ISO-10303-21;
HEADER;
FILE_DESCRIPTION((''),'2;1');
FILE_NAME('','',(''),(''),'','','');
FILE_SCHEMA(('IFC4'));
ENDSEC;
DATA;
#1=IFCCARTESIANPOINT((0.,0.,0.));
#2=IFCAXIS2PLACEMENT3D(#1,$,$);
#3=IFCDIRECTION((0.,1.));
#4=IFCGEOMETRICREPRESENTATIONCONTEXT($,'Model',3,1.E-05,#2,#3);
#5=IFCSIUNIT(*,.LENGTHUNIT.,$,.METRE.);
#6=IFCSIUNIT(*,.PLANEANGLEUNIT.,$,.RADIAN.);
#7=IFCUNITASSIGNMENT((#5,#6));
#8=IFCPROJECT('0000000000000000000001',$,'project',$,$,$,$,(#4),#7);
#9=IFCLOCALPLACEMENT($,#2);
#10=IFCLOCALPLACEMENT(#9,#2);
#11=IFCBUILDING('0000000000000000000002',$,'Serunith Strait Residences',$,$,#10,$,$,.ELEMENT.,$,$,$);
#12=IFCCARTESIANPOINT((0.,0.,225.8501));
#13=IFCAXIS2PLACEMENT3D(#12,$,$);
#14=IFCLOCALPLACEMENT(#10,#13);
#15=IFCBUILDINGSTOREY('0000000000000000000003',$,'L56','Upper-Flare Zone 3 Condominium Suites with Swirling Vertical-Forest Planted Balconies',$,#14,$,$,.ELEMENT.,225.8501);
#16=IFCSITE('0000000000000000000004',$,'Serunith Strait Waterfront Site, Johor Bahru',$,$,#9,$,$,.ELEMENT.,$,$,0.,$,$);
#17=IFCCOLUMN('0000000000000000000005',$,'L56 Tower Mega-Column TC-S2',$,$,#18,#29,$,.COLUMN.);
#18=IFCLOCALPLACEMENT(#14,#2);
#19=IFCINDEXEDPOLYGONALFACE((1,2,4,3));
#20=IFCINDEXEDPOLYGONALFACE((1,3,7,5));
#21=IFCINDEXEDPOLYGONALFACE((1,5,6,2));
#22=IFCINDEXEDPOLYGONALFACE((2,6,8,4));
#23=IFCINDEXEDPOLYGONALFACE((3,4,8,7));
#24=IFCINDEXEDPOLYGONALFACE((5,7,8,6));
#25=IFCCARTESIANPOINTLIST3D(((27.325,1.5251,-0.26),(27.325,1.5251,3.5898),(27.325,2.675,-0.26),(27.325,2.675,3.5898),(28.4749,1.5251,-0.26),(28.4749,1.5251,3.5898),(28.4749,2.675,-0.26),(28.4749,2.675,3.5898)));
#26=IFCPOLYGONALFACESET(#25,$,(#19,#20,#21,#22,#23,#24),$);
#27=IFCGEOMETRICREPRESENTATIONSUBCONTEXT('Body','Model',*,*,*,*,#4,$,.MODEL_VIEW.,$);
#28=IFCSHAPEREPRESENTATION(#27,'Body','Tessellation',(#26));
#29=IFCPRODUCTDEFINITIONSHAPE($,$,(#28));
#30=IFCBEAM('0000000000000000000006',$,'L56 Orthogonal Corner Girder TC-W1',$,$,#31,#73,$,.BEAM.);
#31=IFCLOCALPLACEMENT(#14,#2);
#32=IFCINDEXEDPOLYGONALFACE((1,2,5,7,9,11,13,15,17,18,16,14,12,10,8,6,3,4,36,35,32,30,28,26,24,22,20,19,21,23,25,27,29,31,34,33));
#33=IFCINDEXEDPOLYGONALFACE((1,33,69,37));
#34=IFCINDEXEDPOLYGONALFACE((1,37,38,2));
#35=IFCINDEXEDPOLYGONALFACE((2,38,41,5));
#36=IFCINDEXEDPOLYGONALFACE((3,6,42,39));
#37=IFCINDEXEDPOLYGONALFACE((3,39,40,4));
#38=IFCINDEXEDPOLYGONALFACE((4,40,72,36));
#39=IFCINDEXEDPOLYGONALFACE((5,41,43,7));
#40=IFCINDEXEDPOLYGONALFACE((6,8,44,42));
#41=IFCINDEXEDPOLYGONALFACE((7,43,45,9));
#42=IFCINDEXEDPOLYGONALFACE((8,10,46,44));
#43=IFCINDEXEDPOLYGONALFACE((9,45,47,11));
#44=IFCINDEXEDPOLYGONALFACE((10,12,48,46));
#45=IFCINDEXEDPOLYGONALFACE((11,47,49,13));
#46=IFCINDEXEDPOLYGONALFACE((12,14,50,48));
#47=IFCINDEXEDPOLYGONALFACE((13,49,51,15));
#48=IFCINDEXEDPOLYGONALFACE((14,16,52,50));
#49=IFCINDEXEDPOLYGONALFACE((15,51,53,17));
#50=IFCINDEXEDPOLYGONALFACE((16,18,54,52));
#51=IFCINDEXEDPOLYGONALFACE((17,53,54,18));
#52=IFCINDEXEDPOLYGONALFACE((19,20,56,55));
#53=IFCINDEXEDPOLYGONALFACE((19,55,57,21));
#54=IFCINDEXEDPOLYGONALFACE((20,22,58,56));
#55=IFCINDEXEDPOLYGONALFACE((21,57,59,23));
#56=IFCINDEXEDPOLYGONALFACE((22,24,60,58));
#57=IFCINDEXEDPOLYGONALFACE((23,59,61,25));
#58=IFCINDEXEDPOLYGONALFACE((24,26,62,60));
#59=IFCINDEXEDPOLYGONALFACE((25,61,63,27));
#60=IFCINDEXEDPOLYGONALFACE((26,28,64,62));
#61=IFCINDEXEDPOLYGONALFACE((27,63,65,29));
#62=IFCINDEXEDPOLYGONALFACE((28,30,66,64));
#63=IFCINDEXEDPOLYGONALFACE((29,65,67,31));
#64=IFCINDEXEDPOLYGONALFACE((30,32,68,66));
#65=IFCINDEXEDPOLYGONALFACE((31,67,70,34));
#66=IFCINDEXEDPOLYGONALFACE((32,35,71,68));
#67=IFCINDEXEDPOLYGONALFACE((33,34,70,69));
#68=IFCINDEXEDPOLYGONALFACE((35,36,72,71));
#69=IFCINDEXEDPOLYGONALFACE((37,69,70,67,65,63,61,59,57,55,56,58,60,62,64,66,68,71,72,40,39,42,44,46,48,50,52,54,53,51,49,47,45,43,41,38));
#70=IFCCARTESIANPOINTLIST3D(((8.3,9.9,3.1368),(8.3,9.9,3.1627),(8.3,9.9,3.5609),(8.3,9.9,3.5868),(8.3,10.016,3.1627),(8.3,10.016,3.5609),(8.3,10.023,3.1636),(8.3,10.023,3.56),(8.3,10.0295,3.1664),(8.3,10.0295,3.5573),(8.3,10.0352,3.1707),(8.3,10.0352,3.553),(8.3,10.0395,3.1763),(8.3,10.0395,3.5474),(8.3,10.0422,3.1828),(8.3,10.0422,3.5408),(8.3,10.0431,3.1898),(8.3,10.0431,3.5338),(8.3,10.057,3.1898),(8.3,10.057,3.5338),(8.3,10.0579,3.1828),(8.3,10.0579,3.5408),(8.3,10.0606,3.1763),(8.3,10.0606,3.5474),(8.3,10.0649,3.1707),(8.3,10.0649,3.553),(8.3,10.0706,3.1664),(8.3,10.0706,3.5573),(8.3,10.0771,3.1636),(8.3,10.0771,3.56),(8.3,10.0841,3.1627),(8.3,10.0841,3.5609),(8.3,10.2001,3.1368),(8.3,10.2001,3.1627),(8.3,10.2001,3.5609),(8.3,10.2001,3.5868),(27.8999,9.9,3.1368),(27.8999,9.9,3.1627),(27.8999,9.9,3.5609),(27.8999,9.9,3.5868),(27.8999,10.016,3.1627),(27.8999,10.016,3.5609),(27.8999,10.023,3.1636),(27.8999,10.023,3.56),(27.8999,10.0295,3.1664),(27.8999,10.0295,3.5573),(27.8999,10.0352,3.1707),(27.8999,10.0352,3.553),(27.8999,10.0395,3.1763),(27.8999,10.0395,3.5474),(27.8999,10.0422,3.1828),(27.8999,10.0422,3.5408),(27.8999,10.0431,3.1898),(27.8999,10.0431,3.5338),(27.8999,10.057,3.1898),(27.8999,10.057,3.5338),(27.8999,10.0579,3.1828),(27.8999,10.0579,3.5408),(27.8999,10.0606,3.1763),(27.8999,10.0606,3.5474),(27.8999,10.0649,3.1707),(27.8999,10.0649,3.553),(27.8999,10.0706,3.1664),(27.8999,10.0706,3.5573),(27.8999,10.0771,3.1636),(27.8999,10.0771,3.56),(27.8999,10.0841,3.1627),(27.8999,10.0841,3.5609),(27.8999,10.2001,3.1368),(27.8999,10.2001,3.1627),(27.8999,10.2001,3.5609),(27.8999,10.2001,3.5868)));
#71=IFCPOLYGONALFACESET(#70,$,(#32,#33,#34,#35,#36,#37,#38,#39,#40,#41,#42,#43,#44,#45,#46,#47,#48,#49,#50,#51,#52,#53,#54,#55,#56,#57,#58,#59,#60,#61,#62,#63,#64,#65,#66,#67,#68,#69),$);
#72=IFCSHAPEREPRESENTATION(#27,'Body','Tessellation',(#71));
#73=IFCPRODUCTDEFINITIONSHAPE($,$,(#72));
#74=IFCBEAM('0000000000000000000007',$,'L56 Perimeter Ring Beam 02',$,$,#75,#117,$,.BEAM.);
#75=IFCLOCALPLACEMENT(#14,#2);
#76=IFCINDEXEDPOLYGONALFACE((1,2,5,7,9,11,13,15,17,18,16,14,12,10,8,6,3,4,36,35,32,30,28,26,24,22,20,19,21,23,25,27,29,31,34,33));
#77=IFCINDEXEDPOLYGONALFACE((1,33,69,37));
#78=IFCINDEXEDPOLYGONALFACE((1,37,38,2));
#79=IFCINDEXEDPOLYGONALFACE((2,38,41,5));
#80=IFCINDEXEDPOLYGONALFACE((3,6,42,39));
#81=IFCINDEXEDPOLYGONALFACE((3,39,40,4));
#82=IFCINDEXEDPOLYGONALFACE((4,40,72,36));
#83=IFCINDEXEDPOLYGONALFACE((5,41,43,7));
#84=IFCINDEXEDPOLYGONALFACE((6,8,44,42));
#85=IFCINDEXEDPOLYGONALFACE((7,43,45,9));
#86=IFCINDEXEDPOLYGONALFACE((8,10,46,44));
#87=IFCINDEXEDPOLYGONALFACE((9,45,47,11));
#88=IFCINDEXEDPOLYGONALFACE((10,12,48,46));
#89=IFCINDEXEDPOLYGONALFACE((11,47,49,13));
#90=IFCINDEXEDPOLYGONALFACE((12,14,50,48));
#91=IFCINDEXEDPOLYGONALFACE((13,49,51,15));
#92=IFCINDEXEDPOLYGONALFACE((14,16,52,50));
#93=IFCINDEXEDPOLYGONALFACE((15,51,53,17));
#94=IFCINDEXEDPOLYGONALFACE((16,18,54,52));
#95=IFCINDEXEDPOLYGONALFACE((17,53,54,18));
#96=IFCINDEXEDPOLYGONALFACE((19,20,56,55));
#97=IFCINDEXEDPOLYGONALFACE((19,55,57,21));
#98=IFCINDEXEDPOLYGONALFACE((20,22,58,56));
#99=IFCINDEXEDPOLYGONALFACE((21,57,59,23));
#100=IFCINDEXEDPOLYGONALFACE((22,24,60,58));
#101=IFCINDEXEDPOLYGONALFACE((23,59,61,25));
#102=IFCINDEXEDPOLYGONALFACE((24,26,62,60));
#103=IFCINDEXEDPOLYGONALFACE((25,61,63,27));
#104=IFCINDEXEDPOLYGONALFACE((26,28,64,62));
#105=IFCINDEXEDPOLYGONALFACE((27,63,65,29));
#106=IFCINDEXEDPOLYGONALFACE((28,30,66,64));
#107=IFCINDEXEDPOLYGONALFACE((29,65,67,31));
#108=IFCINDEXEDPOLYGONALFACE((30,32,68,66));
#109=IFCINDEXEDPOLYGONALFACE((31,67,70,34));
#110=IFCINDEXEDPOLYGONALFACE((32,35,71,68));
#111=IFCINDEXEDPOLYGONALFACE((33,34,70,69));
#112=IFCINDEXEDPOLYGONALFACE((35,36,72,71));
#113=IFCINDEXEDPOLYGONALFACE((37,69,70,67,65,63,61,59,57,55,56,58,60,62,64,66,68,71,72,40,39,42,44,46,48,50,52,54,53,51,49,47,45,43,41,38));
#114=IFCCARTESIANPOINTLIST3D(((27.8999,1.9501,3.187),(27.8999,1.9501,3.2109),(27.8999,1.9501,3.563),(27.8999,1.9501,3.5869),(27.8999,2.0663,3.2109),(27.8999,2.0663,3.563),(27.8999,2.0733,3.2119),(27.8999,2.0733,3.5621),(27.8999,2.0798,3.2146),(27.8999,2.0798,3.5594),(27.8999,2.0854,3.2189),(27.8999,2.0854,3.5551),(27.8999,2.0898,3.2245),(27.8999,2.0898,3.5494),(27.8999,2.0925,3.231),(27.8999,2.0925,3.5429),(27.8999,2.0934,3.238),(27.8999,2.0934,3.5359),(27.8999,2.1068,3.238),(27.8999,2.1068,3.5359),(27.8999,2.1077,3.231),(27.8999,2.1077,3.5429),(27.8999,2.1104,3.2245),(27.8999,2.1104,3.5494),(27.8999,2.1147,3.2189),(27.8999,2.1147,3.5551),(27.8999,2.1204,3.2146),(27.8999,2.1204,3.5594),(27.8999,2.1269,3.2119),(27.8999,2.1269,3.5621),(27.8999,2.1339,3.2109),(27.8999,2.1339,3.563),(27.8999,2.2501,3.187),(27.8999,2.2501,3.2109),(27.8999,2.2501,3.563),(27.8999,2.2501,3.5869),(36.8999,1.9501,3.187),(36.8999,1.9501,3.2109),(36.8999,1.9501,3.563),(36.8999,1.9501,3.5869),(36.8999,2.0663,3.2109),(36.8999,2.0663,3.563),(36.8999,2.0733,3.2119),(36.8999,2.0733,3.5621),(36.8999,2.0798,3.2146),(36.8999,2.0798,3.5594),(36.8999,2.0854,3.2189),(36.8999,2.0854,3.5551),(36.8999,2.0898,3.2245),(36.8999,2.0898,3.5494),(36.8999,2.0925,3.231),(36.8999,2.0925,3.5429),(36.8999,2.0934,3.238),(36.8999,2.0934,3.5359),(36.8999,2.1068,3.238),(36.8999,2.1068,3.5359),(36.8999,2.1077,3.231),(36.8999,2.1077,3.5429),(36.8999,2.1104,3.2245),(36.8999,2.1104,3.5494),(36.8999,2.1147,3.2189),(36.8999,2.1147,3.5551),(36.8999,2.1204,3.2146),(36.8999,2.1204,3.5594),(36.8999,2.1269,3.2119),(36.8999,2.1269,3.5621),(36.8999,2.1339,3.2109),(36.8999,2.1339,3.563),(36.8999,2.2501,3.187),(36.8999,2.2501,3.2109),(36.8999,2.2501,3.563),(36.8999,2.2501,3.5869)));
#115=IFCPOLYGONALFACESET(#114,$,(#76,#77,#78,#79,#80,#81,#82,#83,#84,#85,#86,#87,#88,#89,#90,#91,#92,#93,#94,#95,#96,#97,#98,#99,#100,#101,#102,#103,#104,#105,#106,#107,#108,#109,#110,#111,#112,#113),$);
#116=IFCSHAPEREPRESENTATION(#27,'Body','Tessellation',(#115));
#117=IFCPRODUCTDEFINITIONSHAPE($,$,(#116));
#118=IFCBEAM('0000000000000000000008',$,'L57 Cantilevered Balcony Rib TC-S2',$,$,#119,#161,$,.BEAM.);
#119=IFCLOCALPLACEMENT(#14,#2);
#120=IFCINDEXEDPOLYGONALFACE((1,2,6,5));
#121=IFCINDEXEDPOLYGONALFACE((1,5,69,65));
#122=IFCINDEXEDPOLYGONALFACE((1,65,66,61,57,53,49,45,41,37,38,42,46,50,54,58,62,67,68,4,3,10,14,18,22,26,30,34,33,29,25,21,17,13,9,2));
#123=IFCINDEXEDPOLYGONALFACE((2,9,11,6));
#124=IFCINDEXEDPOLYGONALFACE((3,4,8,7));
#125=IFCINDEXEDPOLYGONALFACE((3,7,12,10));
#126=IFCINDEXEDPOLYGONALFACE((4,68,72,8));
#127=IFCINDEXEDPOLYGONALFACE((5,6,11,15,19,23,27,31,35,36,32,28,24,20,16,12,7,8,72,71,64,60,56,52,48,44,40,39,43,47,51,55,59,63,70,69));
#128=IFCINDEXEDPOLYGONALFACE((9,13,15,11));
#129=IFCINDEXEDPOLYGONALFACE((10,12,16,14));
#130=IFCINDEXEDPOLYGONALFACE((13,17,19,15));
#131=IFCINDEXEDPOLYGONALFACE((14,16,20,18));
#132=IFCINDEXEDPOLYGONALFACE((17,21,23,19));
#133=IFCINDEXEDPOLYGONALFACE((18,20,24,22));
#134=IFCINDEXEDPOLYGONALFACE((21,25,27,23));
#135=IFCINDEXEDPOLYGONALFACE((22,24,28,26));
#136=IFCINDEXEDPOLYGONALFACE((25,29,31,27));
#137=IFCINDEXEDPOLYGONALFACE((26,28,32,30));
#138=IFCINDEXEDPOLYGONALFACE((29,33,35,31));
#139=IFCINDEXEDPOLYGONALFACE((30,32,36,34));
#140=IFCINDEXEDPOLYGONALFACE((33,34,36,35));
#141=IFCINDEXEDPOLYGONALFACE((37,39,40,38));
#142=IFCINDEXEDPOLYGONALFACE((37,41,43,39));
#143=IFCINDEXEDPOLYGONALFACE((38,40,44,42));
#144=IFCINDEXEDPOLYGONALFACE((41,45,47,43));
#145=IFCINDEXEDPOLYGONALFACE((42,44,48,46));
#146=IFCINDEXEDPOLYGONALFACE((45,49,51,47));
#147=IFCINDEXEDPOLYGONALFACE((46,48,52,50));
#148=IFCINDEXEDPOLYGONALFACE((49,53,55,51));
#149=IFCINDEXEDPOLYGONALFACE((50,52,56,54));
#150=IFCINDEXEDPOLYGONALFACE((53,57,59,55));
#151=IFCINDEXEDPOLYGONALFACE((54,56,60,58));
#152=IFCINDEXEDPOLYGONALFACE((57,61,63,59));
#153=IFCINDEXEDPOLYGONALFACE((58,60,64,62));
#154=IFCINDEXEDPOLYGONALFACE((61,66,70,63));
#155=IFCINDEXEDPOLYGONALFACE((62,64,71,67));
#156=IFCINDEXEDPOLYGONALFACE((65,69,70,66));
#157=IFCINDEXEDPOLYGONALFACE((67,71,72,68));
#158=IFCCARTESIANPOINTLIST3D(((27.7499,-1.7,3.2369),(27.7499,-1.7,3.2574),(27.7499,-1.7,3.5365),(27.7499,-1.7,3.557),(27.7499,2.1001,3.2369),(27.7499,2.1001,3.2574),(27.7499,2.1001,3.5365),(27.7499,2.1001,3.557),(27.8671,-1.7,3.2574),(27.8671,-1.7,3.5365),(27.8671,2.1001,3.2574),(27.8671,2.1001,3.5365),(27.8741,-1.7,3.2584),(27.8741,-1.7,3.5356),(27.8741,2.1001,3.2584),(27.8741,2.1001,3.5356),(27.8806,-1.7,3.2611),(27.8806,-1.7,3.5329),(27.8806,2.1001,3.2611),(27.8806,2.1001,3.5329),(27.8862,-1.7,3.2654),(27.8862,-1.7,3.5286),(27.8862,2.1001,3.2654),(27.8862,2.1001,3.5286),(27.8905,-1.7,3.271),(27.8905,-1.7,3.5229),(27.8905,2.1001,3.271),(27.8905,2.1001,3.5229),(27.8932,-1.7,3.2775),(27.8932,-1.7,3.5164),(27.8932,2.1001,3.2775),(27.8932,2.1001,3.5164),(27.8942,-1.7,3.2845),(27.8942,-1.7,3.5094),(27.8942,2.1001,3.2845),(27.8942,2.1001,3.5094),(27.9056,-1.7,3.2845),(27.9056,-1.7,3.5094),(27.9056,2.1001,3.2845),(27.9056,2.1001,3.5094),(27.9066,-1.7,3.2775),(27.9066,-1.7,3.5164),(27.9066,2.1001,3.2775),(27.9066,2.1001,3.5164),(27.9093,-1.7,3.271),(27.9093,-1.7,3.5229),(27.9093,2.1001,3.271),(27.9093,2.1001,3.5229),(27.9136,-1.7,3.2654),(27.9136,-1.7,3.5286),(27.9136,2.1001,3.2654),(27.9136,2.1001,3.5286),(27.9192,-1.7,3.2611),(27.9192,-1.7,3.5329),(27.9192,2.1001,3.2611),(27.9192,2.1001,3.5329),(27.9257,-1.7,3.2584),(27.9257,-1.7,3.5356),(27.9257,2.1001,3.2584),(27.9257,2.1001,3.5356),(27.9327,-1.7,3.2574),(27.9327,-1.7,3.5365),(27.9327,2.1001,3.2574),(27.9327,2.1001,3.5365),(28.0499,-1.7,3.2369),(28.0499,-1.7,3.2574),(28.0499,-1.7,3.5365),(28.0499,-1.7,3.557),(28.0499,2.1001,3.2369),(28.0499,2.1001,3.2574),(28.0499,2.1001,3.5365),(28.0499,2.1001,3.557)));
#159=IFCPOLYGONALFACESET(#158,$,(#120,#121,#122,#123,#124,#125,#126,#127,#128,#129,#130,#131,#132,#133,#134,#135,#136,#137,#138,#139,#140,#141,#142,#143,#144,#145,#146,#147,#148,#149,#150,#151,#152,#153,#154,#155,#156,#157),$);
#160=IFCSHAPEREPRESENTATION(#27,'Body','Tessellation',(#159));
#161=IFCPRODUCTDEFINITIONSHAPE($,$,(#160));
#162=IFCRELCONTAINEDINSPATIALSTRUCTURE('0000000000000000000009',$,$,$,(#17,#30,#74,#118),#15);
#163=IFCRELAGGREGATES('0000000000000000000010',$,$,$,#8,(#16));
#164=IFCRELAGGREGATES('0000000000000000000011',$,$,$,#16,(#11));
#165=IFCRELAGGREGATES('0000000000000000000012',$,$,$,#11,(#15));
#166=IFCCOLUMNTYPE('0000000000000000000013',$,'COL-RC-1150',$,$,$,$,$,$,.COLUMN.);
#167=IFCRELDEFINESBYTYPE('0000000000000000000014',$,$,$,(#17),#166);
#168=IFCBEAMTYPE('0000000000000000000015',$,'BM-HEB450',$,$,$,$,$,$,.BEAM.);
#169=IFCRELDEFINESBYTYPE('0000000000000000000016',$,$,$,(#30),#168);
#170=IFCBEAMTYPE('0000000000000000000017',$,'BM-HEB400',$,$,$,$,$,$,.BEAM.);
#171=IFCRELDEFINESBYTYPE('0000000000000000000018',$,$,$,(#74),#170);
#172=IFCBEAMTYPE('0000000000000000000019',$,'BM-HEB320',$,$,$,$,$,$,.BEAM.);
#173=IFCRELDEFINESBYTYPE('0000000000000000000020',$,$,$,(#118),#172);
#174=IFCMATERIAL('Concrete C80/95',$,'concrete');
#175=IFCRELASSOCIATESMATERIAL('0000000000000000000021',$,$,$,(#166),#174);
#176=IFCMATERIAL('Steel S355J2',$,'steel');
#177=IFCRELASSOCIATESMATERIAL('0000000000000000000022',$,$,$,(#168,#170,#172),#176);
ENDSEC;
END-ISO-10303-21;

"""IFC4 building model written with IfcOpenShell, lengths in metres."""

from ifc_helpers import new_model, si_unit, direction, frame, origin, origin_2d, place, context, subcontext, project, spatial, rectangle, i_section, extrude, source, transform, mapped, material, material_profile, profile_set, type_object, element, save


model = new_model("IFC4")

# Units and contexts
model_context = context("Model", 3, precision=1e-05, world=origin(), true_north=direction((0.0, 1.0)))
body_context = subcontext(model_context, "Body", "Model", "MODEL_VIEW")
ifc_project = project(units=[si_unit("LENGTHUNIT", "METRE"), si_unit("PLANEANGLEUNIT", "RADIAN")], contexts=[model_context])

# Site, building, storey
site_placement = place(None, origin())
site = spatial("IfcSite", under=ifc_project, at=site_placement, Name="Serunith Strait Waterfront Site, Johor Bahru", CompositionType="ELEMENT", RefElevation=0.0)
building_placement = place(site_placement, origin())
building = spatial("IfcBuilding", under=site, at=building_placement, Name="Serunith Strait Residences", CompositionType="ELEMENT")
storey_placement = place(building_placement, frame((0.0, 0.0, 225.8501)))
storey = spatial("IfcBuildingStorey", under=building, at=storey_placement, Name="L56", Description="Upper-Flare Zone 3 Condominium Suites with Swirling Vertical-Forest Planted Balconies", CompositionType="ELEMENT", Elevation=225.8501)

# Column
ifc_material_1 = material(Name="Concrete C80/95", Category="concrete")
ifc_material_profile_1 = material_profile(ifc_material_1, rectangle(XDim=1.1499, YDim=1.1499, at=origin_2d()), Name="RC 1150x1150")
ifc_profile_set_1 = profile_set([ifc_material_profile_1], Name="Concrete C80/95")
column_type = type_object("IfcColumnType", Name="COL-RC-1150", PredefinedType="COLUMN", material=ifc_profile_set_1)
shared_shape_1 = source(origin(), body_context, "Body", "SweptSolid", [
    extrude(rectangle(XDim=1.1499, YDim=1.1499, at=origin_2d()), origin(), (0.0, 0.0, 1.0), 3.8499),
])
column_placement = place(storey_placement, frame((27.8999, 2.1001, -0.26), z_axis=(0.0, 0.0, 1.0), x_axis=(1.0, 0.0, 0.0)))
element("IfcColumn", 1, at=column_placement, inside=storey, type_object=column_type, Name="L56 Tower Mega-Column TC-S2", PredefinedType="COLUMN", context=body_context, shape_type="MappedRepresentation", body=[
    mapped(shared_shape_1, transform((0.0, 0.0, 0.0), scale=1.0)),
])

# Beams
ifc_material_2 = material(Name="Steel S355J2", Category="steel")
ifc_material_profile_2 = material_profile(ifc_material_2, i_section(OverallWidth=0.3, OverallDepth=0.45, WebThickness=0.0139, FlangeThickness=0.0259, FilletRadius=0.0271, at=origin_2d()), Name="HEB 450")
ifc_profile_set_2 = profile_set([ifc_material_profile_2], Name="Steel S355J2")
beam_type_1 = type_object("IfcBeamType", Name="BM-HEB450", PredefinedType="BEAM", material=ifc_profile_set_2)
shared_shape_2 = source(origin(), body_context, "Body", "SweptSolid", [
    extrude(i_section(OverallWidth=0.3, OverallDepth=0.45, WebThickness=0.0139, FlangeThickness=0.0259, FilletRadius=0.0271, at=origin_2d()), origin(), (0.0, 0.0, 1.0), 19.5999),
])
beam_1_placement = place(storey_placement, frame((27.8999, 10.05, 3.3618), z_axis=(-1.0, 0.0, 0.0), x_axis=(0.0, -1.0, 0.0)))
element("IfcBeam", 2, at=beam_1_placement, inside=storey, type_object=beam_type_1, Name="L56 Orthogonal Corner Girder TC-W1", PredefinedType="BEAM", context=body_context, shape_type="MappedRepresentation", body=[
    mapped(shared_shape_2, transform((0.0, 0.0, 0.0), scale=1.0)),
])
ifc_material_profile_3 = material_profile(ifc_material_2, i_section(OverallWidth=0.3, OverallDepth=0.3999, WebThickness=0.0134, FlangeThickness=0.0239, FilletRadius=0.0271, at=origin_2d()), Name="HEB 400")
ifc_profile_set_3 = profile_set([ifc_material_profile_3], Name="Steel S355J2")
beam_type_2 = type_object("IfcBeamType", Name="BM-HEB400", PredefinedType="BEAM", material=ifc_profile_set_3)
shared_shape_3 = source(origin(), body_context, "Body", "SweptSolid", [
    extrude(i_section(OverallWidth=0.3, OverallDepth=0.3999, WebThickness=0.0134, FlangeThickness=0.0239, FilletRadius=0.0271, at=origin_2d()), origin(), (0.0, 0.0, 1.0), 9.0),
])
beam_2_placement = place(storey_placement, frame((27.8999, 2.1001, 3.387), z_axis=(1.0, 0.0, 0.0), x_axis=(0.0, 1.0, 0.0)))
element("IfcBeam", 3, at=beam_2_placement, inside=storey, type_object=beam_type_2, Name="L56 Perimeter Ring Beam 02", PredefinedType="BEAM", context=body_context, shape_type="MappedRepresentation", body=[
    mapped(shared_shape_3, transform((0.0, 0.0, 0.0), scale=1.0)),
])
ifc_material_profile_4 = material_profile(ifc_material_2, i_section(OverallWidth=0.3, OverallDepth=0.3201, WebThickness=0.0115, FlangeThickness=0.0205, FilletRadius=0.0271, at=origin_2d()), Name="HEB 320")
ifc_profile_set_4 = profile_set([ifc_material_profile_4], Name="Steel S355J2")
beam_type_3 = type_object("IfcBeamType", Name="BM-HEB320", PredefinedType="BEAM", material=ifc_profile_set_4)
shared_shape_4 = source(origin(), body_context, "Body", "SweptSolid", [
    extrude(i_section(OverallWidth=0.3, OverallDepth=0.3201, WebThickness=0.0115, FlangeThickness=0.0205, FilletRadius=0.0271, at=origin_2d()), origin(), (0.0, 0.0, 1.0), 3.8),
])
beam_3_placement = place(storey_placement, frame((27.8999, 2.1001, 3.397), z_axis=(0.0, -1.0, 0.0), x_axis=(1.0, 0.0, 0.0)))
element("IfcBeam", 4, at=beam_3_placement, inside=storey, type_object=beam_type_3, Name="L57 Cantilevered Balcony Rib TC-S2", PredefinedType="BEAM", context=body_context, shape_type="MappedRepresentation", body=[
    mapped(shared_shape_4, transform((0.0, 0.0, 0.0), scale=1.0)),
])

save(model, "model.ifc")
